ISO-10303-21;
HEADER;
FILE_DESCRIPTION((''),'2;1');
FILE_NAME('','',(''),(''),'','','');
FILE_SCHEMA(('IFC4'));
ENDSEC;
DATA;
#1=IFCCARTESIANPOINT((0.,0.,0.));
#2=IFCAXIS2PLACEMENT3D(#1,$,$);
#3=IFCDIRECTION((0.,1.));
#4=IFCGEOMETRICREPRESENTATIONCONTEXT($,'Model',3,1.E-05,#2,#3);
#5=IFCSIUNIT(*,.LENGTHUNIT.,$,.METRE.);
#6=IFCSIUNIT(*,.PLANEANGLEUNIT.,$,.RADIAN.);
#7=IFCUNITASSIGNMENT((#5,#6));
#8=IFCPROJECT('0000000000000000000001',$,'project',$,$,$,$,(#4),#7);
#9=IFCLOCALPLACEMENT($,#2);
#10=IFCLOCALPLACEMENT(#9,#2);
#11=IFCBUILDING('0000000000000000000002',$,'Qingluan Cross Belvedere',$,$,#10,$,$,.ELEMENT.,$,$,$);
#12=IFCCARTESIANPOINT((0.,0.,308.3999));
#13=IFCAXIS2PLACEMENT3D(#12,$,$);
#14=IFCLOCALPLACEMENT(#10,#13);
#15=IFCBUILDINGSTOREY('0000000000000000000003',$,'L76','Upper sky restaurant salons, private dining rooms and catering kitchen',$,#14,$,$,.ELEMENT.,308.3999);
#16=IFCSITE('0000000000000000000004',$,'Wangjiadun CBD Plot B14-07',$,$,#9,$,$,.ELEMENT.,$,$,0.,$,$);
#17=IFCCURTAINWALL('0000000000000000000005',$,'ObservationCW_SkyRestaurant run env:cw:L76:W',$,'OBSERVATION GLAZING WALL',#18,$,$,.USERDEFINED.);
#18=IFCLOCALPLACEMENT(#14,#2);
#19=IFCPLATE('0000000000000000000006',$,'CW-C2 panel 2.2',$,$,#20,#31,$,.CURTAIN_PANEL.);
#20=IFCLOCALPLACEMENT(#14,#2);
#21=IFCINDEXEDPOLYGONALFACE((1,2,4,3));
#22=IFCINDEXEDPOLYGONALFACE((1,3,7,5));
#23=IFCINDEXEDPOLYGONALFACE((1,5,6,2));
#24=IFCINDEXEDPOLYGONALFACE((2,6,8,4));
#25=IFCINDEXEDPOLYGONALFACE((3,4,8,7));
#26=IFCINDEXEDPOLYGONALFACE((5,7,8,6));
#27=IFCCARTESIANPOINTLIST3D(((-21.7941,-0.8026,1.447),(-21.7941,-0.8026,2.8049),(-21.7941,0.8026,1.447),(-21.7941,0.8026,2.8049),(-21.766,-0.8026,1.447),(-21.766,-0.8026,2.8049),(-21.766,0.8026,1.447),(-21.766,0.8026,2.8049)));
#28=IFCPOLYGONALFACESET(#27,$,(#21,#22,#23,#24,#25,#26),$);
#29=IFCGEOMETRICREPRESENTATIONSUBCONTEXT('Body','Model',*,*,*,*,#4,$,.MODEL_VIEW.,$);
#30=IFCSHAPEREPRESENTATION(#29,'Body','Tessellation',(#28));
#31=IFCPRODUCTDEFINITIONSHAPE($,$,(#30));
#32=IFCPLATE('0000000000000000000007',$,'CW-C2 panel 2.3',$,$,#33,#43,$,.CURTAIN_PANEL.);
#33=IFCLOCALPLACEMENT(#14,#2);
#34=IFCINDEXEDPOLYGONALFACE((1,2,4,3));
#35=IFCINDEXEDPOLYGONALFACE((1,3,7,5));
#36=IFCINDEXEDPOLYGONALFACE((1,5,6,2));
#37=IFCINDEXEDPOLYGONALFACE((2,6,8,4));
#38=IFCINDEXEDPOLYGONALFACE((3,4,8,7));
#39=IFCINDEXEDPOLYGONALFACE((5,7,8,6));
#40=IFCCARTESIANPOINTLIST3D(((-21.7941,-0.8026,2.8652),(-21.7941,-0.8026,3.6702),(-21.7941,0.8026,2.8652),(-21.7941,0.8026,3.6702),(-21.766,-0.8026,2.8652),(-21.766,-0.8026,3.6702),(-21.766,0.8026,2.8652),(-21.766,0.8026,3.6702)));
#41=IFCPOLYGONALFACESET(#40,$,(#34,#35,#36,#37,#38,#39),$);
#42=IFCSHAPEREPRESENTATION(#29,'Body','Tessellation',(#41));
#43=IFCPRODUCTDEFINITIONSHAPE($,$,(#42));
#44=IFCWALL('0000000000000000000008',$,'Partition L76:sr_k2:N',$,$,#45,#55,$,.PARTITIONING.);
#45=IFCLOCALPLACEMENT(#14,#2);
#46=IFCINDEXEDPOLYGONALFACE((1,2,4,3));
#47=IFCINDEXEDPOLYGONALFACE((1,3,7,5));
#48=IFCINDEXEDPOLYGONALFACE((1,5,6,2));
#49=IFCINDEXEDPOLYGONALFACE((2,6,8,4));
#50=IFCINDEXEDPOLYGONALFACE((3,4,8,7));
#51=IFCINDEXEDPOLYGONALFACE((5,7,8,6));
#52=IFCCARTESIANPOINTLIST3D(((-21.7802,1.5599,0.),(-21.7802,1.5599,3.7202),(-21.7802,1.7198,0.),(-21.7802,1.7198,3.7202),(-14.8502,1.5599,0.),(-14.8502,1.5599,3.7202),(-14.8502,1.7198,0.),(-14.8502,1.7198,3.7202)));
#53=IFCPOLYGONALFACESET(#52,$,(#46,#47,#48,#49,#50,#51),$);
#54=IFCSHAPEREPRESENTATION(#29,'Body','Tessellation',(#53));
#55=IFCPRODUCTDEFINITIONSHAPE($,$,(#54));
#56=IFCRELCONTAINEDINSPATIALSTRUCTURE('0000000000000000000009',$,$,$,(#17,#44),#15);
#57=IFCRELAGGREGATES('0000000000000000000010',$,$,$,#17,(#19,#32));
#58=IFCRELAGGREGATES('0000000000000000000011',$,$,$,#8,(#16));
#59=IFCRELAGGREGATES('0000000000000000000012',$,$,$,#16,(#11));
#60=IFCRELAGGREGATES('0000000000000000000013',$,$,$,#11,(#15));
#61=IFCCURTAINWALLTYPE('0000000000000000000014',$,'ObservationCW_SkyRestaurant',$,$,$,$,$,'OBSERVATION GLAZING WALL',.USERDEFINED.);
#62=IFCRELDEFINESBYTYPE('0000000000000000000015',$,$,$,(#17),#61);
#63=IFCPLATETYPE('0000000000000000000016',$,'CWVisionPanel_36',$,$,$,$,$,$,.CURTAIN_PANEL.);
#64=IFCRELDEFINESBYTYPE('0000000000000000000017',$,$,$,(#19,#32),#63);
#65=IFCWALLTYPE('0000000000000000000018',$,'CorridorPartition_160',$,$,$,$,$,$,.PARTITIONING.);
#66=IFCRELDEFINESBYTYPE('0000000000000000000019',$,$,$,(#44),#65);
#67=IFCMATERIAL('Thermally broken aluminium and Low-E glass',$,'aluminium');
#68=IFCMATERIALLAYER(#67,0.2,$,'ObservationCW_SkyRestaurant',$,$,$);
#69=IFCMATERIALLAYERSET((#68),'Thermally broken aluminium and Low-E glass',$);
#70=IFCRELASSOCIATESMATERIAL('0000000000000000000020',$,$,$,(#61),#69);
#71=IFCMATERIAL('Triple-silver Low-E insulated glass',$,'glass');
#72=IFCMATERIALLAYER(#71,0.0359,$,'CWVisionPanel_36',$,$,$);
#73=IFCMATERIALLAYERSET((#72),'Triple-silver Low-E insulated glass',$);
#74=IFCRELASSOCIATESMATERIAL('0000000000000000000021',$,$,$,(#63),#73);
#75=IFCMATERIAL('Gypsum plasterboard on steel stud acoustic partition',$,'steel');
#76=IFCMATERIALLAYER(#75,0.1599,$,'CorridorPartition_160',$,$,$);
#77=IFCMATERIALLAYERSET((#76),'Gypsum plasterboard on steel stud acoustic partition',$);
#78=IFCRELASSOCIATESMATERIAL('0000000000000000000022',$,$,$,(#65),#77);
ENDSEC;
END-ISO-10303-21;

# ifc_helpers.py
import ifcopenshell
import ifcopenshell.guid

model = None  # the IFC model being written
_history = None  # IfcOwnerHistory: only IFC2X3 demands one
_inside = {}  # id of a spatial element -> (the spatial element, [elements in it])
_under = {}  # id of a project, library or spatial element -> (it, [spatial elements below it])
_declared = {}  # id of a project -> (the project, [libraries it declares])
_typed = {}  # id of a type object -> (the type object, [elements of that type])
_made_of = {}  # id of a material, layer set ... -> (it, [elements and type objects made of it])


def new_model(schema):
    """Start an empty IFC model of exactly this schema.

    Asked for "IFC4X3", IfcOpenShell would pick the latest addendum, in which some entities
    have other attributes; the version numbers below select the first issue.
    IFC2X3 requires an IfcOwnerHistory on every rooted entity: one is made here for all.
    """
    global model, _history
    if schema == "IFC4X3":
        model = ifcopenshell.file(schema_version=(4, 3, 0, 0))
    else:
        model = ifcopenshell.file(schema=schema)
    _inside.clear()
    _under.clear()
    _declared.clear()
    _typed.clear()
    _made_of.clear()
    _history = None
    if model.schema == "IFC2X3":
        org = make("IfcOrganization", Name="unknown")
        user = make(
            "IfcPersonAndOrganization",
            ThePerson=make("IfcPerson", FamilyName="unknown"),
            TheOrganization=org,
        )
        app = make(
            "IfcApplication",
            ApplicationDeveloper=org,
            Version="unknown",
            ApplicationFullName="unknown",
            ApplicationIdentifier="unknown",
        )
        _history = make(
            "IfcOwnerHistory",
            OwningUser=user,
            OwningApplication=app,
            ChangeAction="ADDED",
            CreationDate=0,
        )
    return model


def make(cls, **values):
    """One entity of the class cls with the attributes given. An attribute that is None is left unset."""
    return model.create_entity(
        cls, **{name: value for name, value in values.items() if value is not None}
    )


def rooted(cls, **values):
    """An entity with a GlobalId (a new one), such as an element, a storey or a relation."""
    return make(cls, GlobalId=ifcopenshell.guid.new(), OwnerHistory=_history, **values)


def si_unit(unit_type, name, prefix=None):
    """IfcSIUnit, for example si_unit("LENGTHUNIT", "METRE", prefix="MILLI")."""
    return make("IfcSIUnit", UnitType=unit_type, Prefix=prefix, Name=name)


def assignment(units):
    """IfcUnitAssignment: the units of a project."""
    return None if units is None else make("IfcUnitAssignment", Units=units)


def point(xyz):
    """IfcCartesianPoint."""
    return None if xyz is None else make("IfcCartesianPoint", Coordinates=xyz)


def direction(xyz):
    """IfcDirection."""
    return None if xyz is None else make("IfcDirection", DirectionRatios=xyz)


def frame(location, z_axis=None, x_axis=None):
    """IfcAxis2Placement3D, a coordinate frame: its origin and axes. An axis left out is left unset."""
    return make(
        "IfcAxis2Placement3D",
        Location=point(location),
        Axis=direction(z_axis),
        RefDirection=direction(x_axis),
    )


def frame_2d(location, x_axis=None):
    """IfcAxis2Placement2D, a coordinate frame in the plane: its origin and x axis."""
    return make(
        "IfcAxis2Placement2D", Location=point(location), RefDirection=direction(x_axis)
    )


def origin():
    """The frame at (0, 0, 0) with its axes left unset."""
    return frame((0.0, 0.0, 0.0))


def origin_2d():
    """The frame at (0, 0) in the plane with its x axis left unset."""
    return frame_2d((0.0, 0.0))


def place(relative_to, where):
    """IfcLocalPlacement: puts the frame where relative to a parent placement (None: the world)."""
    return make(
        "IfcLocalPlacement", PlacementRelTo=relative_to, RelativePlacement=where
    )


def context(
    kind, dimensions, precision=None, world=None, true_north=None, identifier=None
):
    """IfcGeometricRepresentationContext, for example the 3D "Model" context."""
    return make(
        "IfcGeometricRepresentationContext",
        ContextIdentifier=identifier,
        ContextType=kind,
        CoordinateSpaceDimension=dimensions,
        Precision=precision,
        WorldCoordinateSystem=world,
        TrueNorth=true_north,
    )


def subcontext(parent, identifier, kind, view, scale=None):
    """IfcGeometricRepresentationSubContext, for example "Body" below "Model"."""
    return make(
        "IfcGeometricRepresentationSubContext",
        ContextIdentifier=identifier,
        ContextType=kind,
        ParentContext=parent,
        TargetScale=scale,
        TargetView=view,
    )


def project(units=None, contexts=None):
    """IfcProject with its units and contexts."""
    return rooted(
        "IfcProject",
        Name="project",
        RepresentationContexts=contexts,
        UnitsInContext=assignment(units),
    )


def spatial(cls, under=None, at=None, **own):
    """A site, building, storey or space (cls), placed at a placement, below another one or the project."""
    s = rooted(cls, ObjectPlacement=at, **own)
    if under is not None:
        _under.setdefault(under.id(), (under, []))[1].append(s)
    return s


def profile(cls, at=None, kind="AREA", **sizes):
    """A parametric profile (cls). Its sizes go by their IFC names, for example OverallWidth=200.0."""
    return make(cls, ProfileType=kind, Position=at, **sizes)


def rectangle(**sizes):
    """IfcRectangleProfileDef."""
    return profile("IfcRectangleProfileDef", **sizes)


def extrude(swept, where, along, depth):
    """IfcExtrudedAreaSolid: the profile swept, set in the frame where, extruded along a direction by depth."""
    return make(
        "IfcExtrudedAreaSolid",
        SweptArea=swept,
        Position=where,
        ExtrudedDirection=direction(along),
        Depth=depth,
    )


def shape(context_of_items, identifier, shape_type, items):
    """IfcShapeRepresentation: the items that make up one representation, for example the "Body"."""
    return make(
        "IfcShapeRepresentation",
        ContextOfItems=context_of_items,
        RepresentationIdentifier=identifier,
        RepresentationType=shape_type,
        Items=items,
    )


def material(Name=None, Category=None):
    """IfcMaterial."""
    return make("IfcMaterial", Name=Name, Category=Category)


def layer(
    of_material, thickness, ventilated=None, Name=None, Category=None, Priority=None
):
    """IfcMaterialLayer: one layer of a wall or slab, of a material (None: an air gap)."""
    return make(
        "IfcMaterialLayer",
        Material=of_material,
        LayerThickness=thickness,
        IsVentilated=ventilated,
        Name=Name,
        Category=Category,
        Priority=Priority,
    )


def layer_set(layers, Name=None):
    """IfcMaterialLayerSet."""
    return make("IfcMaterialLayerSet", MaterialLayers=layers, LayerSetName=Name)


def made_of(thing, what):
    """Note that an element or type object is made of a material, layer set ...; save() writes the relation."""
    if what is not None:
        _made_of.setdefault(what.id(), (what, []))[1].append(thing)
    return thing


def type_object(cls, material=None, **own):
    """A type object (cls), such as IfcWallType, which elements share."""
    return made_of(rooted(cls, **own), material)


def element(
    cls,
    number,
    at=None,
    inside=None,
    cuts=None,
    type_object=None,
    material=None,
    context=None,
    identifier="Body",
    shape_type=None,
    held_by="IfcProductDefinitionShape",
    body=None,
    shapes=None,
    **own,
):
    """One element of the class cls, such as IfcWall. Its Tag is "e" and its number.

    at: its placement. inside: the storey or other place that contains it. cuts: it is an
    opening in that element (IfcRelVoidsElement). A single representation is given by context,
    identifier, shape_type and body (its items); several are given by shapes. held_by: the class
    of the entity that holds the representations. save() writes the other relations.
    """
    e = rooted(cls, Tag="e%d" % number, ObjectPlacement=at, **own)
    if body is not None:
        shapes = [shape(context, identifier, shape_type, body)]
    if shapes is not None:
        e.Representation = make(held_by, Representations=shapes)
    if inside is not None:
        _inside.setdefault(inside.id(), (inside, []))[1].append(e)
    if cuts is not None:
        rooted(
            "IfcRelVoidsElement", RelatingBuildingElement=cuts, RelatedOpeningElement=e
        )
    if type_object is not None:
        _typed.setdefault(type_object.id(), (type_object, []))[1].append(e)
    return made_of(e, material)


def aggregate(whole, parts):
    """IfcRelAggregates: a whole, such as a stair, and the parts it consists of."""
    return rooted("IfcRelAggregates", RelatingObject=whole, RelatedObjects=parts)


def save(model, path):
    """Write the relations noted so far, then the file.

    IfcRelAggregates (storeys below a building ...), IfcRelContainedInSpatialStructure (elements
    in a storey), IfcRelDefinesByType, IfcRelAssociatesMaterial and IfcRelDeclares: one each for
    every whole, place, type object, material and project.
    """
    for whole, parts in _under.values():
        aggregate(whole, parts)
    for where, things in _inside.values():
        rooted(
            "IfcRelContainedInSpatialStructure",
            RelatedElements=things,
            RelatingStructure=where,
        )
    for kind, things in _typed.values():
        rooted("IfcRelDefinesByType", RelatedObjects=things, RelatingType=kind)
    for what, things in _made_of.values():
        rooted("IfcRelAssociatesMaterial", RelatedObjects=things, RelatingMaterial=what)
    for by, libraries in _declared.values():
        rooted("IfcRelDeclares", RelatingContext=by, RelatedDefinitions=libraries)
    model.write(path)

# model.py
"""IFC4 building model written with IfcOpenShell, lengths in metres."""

from ifc_helpers import new_model, si_unit, direction, frame, frame_2d, origin, origin_2d, place, context, subcontext, project, spatial, rectangle, extrude, material, layer, layer_set, type_object, element, aggregate, save


model = new_model("IFC4")

# Units and contexts
model_context = context("Model", 3, precision=1e-05, world=origin(), true_north=direction((0.0, 1.0)))
body_context = subcontext(model_context, "Body", "Model", "MODEL_VIEW")
ifc_project = project(units=[si_unit("LENGTHUNIT", "METRE"), si_unit("PLANEANGLEUNIT", "RADIAN")], contexts=[model_context])

# Site, building, storey
site_placement = place(None, origin())
site = spatial("IfcSite", under=ifc_project, at=site_placement, Name="Wangjiadun CBD Plot B14-07", CompositionType="ELEMENT", RefElevation=0.0)
building_placement = place(site_placement, origin())
building = spatial("IfcBuilding", under=site, at=building_placement, Name="Qingluan Cross Belvedere", CompositionType="ELEMENT")
storey_placement = place(building_placement, frame((0.0, 0.0, 308.3999)))
storey = spatial("IfcBuildingStorey", under=building, at=storey_placement, Name="L76", Description="Upper sky restaurant salons, private dining rooms and catering kitchen", CompositionType="ELEMENT", Elevation=308.3999)

# Curtain wall, plates
ifc_material_1 = material(Name="Thermally broken aluminium and Low-E glass", Category="aluminium")
ifc_layer_1 = layer(ifc_material_1, 0.2, Name="ObservationCW_SkyRestaurant")
ifc_layer_set_1 = layer_set([ifc_layer_1], Name="Thermally broken aluminium and Low-E glass")
curtain_wall_type = type_object("IfcCurtainWallType", Name="ObservationCW_SkyRestaurant", ElementType="OBSERVATION GLAZING WALL", PredefinedType="USERDEFINED", material=ifc_layer_set_1)
curtain_wall_placement = place(storey_placement, origin())
curtain_wall = element("IfcCurtainWall", 1, at=curtain_wall_placement, inside=storey, type_object=curtain_wall_type, Name="ObservationCW_SkyRestaurant run env:cw:L76:W", ObjectType="OBSERVATION GLAZING WALL", PredefinedType="USERDEFINED")
ifc_material_2 = material(Name="Triple-silver Low-E insulated glass", Category="glass")
ifc_layer_2 = layer(ifc_material_2, 0.0359, Name="CWVisionPanel_36")
ifc_layer_set_2 = layer_set([ifc_layer_2], Name="Triple-silver Low-E insulated glass")
plate_type = type_object("IfcPlateType", Name="CWVisionPanel_36", PredefinedType="CURTAIN_PANEL", material=ifc_layer_set_2)
plate_1_placement = place(storey_placement, frame((-21.78, 0.0, 1.447), z_axis=(0.0, 0.0, 1.0), x_axis=(0.0, -1.0, 0.0)))
plate_1 = element("IfcPlate", 2, at=plate_1_placement, type_object=plate_type, Name="CW-C2 panel 2.2", PredefinedType="CURTAIN_PANEL", context=body_context, shape_type="SweptSolid", body=[
    extrude(rectangle(XDim=1.6052, YDim=0.0281, at=origin_2d()), origin(), (0.0, 0.0, 1.0), 1.3579),
])
plate_2_placement = place(storey_placement, frame((-21.78, 0.0, 2.8652), z_axis=(0.0, 0.0, 1.0), x_axis=(0.0, -1.0, 0.0)))
plate_2 = element("IfcPlate", 3, at=plate_2_placement, type_object=plate_type, Name="CW-C2 panel 2.3", PredefinedType="CURTAIN_PANEL", context=body_context, shape_type="SweptSolid", body=[
    extrude(rectangle(XDim=1.6052, YDim=0.0281, at=origin_2d()), origin(), (0.0, 0.0, 1.0), 0.8049),
])
aggregate(curtain_wall, [plate_1, plate_2])

# Wall
ifc_material_3 = material(Name="Gypsum plasterboard on steel stud acoustic partition", Category="steel")
ifc_layer_3 = layer(ifc_material_3, 0.1599, Name="CorridorPartition_160")
ifc_layer_set_3 = layer_set([ifc_layer_3], Name="Gypsum plasterboard on steel stud acoustic partition")
wall_type = type_object("IfcWallType", Name="CorridorPartition_160", PredefinedType="PARTITIONING", material=ifc_layer_set_3)
wall_placement = place(storey_placement, frame((-21.78, 1.6399, 0.0), z_axis=(0.0, 0.0, 1.0), x_axis=(1.0, 0.0, 0.0)))
element("IfcWall", 4, at=wall_placement, inside=storey, type_object=wall_type, Name="Partition L76:sr_k2:N", PredefinedType="PARTITIONING", context=body_context, shape_type="SweptSolid", body=[
    extrude(rectangle(XDim=6.9299, YDim=0.1599, at=frame_2d((3.4648, 0.0))), origin(), (0.0, 0.0, 1.0), 3.7202),
])

save(model, "model.ifc")
